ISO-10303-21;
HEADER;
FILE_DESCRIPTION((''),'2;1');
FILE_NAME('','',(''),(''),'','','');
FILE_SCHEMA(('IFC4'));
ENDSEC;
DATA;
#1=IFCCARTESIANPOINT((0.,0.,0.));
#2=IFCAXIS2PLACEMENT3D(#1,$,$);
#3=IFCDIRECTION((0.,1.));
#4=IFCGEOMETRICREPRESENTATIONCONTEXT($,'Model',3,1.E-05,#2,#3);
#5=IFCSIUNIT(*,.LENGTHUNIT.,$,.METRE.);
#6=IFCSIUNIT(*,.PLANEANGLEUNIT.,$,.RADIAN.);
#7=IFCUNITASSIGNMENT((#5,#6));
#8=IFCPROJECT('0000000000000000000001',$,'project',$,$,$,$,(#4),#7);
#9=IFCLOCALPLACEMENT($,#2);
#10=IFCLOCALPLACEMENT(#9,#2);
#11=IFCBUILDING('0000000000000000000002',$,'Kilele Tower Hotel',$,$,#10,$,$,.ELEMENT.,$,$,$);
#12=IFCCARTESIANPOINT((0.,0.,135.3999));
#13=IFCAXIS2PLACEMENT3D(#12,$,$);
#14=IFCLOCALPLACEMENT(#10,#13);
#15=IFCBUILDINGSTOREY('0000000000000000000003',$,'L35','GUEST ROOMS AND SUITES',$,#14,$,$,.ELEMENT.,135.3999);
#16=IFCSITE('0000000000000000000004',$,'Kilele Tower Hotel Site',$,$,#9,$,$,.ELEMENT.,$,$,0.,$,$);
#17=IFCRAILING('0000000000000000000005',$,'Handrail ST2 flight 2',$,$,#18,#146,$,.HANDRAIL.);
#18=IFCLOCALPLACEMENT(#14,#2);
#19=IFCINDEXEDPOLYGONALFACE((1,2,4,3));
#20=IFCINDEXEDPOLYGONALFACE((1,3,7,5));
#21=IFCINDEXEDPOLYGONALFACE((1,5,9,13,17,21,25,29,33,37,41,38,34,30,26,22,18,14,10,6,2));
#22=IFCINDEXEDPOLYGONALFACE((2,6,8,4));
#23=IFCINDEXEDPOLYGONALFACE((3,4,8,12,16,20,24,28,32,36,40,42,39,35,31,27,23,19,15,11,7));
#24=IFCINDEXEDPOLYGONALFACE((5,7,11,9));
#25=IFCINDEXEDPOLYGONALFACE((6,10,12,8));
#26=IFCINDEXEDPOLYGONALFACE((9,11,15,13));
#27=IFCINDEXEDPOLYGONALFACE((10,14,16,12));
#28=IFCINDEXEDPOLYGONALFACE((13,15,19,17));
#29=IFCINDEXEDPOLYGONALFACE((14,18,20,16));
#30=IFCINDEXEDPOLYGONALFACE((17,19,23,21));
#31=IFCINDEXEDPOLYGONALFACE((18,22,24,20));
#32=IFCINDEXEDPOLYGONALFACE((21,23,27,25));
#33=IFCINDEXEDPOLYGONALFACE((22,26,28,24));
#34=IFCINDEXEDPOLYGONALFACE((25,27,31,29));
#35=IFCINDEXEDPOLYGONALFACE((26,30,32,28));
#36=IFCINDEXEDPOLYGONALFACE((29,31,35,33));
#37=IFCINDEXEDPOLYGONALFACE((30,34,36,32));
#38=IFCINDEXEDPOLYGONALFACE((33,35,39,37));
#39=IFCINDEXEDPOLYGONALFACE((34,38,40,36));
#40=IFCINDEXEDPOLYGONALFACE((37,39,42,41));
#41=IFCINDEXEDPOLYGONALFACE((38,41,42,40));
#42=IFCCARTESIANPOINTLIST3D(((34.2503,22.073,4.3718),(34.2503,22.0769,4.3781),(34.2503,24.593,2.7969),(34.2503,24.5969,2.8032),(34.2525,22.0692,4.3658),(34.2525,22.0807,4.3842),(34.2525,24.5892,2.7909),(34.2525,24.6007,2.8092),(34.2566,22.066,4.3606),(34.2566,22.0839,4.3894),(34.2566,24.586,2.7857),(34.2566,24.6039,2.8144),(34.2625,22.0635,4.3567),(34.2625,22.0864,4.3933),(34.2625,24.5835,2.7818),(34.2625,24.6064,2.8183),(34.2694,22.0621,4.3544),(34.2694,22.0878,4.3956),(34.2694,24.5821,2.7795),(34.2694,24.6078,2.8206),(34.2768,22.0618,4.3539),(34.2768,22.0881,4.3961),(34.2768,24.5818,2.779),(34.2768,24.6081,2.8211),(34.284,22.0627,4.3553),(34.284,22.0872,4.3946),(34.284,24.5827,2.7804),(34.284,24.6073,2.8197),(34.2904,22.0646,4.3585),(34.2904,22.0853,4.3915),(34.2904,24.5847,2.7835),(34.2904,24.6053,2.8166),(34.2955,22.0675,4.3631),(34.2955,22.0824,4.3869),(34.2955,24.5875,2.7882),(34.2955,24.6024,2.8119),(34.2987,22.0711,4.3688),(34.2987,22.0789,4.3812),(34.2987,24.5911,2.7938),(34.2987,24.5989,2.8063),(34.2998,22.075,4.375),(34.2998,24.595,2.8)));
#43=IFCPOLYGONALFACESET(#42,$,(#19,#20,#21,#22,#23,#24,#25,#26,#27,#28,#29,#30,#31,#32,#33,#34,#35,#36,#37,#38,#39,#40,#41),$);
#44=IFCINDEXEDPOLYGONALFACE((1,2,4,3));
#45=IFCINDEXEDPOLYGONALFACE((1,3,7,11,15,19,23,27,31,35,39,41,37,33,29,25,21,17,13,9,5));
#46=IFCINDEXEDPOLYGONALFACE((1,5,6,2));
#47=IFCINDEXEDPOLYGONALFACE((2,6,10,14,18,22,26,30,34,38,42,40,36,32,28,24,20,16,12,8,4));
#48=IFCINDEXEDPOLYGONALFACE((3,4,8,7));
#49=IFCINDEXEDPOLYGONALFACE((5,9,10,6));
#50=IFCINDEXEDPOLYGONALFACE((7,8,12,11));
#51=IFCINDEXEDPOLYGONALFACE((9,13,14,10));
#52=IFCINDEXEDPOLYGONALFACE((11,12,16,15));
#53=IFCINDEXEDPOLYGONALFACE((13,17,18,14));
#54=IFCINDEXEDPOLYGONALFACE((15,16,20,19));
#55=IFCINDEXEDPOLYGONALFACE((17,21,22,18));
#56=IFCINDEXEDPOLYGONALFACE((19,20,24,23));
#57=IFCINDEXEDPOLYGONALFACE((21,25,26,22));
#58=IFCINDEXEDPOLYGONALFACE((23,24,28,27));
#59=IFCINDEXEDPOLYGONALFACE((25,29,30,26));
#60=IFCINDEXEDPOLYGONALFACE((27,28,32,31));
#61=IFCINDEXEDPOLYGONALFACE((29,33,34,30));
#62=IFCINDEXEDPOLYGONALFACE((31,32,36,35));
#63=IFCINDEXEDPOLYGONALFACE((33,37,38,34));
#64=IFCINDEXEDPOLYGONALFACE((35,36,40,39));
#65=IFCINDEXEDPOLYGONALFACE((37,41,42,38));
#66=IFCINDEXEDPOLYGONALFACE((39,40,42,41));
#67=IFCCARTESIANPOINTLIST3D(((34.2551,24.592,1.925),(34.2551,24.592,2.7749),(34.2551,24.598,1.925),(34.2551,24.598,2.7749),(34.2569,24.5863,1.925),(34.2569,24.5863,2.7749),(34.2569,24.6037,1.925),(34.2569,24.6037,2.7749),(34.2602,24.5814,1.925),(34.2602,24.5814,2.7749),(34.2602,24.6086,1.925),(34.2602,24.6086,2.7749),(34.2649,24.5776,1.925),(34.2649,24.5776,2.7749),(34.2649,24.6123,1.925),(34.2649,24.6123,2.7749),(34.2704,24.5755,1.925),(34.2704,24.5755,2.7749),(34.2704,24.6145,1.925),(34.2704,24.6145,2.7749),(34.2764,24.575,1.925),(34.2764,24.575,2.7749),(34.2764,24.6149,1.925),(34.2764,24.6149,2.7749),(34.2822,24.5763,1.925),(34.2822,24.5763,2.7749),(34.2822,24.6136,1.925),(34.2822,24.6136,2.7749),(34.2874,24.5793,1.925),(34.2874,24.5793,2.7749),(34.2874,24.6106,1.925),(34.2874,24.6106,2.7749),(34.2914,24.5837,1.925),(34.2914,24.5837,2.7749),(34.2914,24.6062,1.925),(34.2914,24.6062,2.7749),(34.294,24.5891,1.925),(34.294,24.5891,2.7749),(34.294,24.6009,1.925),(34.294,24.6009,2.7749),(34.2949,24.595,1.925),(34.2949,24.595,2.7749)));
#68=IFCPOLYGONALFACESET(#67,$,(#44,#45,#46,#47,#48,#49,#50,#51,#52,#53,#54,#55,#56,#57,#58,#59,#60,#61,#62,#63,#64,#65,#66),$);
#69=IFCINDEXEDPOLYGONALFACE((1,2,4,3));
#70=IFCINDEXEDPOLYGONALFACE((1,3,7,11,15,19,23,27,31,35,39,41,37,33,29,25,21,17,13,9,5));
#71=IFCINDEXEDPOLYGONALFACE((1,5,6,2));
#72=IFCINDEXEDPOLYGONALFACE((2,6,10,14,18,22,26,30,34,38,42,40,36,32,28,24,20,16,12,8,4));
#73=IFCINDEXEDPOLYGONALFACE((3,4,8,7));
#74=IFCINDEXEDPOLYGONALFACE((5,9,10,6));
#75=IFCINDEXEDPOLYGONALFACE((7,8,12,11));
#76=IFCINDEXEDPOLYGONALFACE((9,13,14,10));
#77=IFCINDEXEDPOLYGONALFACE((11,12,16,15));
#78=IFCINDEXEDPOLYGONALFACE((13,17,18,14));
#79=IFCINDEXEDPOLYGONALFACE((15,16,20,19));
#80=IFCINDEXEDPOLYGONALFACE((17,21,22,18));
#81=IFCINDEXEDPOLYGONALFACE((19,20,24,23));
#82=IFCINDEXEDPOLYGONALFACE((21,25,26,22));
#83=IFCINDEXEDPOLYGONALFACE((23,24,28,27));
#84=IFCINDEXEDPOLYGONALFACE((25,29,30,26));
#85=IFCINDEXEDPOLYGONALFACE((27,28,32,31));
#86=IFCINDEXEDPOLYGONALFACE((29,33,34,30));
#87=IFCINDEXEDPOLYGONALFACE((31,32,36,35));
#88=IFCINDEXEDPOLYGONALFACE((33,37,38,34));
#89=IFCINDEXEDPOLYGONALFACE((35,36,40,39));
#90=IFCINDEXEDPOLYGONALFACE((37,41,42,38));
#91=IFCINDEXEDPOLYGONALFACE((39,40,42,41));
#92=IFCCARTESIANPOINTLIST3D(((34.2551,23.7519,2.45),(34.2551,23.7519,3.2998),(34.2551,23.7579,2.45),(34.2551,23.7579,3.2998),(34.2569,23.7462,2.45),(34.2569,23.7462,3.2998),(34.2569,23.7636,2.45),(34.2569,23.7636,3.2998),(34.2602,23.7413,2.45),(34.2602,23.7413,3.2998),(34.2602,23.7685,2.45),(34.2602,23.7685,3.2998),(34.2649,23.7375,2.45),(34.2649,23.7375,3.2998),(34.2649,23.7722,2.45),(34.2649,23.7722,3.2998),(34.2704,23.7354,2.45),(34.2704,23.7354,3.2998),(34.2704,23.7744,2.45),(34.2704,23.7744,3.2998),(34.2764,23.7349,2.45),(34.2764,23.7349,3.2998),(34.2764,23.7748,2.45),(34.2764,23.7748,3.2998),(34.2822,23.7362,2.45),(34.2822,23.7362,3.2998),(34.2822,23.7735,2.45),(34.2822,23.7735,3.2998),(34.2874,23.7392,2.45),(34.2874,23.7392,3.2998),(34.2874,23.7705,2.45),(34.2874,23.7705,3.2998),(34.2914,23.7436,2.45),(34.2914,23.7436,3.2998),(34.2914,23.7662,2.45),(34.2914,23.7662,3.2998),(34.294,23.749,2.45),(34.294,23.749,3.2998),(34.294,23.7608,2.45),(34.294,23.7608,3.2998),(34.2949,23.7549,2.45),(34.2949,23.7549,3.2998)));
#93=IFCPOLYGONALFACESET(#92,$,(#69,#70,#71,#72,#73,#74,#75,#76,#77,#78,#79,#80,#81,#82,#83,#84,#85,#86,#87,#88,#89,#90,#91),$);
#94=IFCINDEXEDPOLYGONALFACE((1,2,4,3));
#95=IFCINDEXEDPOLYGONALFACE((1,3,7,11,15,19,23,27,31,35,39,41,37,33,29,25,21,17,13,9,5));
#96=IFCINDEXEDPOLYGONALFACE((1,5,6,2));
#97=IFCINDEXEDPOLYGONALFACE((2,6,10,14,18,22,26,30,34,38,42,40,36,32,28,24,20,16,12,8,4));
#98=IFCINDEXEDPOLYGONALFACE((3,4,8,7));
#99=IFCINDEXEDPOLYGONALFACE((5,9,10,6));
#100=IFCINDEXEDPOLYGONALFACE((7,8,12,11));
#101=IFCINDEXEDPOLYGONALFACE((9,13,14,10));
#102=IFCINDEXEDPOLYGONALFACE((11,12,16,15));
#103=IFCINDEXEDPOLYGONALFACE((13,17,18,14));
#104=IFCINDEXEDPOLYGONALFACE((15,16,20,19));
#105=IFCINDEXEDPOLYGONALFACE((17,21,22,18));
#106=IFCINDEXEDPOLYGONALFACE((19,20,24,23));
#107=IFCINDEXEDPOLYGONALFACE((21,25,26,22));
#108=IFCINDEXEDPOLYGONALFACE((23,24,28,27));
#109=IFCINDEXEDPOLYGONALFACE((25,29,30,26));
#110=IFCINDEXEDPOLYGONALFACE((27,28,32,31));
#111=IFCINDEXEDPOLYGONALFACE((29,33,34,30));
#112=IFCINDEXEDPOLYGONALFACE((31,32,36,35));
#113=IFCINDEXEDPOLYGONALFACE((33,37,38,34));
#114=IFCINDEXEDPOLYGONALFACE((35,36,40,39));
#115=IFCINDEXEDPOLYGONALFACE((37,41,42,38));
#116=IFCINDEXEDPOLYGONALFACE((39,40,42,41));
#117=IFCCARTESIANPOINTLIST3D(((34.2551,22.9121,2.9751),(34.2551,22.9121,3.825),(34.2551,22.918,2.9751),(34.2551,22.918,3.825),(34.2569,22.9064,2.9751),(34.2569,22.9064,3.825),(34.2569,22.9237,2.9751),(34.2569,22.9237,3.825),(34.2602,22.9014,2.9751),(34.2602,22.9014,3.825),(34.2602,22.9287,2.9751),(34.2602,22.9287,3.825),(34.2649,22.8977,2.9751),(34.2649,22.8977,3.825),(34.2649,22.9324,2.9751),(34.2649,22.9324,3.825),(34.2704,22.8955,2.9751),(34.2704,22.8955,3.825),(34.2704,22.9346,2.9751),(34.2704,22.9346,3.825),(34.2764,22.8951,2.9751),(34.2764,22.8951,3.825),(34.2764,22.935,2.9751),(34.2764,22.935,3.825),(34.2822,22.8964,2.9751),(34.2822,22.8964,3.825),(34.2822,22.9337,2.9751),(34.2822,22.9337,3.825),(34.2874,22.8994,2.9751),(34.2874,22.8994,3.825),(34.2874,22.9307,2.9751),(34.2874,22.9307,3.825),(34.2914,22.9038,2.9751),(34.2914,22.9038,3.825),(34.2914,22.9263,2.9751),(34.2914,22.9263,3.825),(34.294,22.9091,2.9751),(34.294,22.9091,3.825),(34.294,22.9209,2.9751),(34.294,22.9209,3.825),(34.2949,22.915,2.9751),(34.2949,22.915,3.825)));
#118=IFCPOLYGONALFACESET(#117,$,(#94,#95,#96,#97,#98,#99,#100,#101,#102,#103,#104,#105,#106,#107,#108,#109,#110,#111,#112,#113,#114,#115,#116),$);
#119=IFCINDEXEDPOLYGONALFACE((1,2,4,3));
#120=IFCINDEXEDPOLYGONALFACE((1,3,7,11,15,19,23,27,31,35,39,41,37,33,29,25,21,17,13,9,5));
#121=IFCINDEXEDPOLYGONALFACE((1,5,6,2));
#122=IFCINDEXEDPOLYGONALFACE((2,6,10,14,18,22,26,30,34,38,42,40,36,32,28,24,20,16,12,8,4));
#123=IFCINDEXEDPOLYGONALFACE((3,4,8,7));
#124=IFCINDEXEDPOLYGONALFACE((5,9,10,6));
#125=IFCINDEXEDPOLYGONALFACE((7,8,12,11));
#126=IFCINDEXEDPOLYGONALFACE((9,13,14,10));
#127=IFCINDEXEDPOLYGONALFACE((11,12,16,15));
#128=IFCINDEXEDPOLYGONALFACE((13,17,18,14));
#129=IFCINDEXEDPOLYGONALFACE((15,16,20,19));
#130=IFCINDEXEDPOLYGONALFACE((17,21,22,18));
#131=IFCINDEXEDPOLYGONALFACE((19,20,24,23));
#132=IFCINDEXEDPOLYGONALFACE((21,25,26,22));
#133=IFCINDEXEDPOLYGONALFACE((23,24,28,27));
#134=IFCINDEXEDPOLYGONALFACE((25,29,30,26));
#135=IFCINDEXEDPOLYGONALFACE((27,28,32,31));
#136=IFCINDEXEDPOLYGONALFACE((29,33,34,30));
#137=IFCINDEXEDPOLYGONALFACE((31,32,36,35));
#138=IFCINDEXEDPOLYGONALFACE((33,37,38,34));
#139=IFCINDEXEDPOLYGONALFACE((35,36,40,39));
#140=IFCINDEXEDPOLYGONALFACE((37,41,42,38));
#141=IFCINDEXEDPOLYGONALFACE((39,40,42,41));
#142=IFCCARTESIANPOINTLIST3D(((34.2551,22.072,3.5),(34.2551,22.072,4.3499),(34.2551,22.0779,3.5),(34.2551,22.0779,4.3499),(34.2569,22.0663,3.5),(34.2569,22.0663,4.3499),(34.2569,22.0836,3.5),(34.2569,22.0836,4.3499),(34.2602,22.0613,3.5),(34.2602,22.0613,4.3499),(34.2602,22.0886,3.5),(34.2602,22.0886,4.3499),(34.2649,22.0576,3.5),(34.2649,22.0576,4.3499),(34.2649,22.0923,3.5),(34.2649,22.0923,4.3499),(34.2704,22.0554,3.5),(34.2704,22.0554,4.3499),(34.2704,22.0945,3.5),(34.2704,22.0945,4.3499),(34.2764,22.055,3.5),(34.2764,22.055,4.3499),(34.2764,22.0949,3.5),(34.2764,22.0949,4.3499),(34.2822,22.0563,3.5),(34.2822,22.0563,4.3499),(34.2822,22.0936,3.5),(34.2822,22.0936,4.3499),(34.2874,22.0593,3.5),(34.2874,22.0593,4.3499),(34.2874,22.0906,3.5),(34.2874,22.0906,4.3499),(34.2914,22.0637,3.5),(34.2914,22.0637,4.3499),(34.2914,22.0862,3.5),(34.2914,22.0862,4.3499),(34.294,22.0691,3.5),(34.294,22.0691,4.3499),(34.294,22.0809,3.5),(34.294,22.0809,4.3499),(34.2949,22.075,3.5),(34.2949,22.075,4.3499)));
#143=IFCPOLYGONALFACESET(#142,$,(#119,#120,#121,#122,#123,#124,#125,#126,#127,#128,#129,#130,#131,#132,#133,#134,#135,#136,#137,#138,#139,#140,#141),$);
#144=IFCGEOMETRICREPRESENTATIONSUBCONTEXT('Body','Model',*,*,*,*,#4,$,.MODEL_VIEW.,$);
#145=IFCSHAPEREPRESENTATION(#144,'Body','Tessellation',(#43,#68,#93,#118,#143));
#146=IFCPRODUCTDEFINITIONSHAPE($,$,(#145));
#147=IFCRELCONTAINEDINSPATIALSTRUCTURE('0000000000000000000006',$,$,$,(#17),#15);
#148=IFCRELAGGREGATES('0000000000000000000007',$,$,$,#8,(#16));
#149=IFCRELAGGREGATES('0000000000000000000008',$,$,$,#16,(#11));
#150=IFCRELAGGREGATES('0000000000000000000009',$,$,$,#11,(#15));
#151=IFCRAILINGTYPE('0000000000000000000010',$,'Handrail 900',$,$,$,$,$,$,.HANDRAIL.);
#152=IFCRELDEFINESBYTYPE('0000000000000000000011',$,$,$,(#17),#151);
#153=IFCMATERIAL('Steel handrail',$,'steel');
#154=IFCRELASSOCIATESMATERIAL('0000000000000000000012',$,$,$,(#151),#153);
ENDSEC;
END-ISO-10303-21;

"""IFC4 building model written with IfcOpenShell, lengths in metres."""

from ifc_helpers import new_model, si_unit, direction, frame, origin, origin_2d, place, context, subcontext, project, spatial, circle, extrude, material, type_object, element, save


model = new_model("IFC4")

# Units and contexts
model_context = context("Model", 3, precision=1e-05, world=origin(), true_north=direction((0.0, 1.0)))
body_context = subcontext(model_context, "Body", "Model", "MODEL_VIEW")
ifc_project = project(units=[si_unit("LENGTHUNIT", "METRE"), si_unit("PLANEANGLEUNIT", "RADIAN")], contexts=[model_context])

# Site, building, storey
site_placement = place(None, origin())
site = spatial("IfcSite", under=ifc_project, at=site_placement, Name="Kilele Tower Hotel Site", CompositionType="ELEMENT", RefElevation=0.0)
building_placement = place(site_placement, origin())
building = spatial("IfcBuilding", under=site, at=building_placement, Name="Kilele Tower Hotel", CompositionType="ELEMENT")
storey_placement = place(building_placement, frame((0.0, 0.0, 135.3999)))
storey = spatial("IfcBuildingStorey", under=building, at=storey_placement, Name="L35", Description="GUEST ROOMS AND SUITES", CompositionType="ELEMENT", Elevation=135.3999)

# Railing
ifc_material_1 = material(Name="Steel handrail", Category="steel")
railing_type_1 = type_object("IfcRailingType", Name="Handrail 900", PredefinedType="HANDRAIL", material=ifc_material_1)
for number, where, name in (
    (1, (34.2749, 24.595, 1.925), "Handrail ST2 flight 2"),
):
    element("IfcRailing", number, at=place(storey_placement, frame(where)), inside=storey, type_object=railing_type_1, Name=name, PredefinedType="HANDRAIL", context=body_context, shape_type="SweptSolid", body=[
        extrude(circle(Radius=0.0249, at=origin_2d()), frame((0.0, 0.0, 0.875), z_axis=(0.0, -0.848008, 0.529984), x_axis=(1.0, 0.0, 0.0)), (0.0, 0.0, 1.0), 2.9717),
        extrude(circle(Radius=0.02, at=origin_2d()), origin(), (0.0, 0.0, 1.0), 0.8499),
        extrude(circle(Radius=0.02, at=origin_2d()), frame((0.0, -0.8401, 0.5249)), (0.0, 0.0, 1.0), 0.8499),
        extrude(circle(Radius=0.02, at=origin_2d()), frame((0.0, -1.6799, 1.05)), (0.0, 0.0, 1.0), 0.8499),
        extrude(circle(Radius=0.02, at=origin_2d()), frame((0.0, -2.52, 1.575)), (0.0, 0.0, 1.0), 0.8499),
    ])

save(model, "model.ifc")
